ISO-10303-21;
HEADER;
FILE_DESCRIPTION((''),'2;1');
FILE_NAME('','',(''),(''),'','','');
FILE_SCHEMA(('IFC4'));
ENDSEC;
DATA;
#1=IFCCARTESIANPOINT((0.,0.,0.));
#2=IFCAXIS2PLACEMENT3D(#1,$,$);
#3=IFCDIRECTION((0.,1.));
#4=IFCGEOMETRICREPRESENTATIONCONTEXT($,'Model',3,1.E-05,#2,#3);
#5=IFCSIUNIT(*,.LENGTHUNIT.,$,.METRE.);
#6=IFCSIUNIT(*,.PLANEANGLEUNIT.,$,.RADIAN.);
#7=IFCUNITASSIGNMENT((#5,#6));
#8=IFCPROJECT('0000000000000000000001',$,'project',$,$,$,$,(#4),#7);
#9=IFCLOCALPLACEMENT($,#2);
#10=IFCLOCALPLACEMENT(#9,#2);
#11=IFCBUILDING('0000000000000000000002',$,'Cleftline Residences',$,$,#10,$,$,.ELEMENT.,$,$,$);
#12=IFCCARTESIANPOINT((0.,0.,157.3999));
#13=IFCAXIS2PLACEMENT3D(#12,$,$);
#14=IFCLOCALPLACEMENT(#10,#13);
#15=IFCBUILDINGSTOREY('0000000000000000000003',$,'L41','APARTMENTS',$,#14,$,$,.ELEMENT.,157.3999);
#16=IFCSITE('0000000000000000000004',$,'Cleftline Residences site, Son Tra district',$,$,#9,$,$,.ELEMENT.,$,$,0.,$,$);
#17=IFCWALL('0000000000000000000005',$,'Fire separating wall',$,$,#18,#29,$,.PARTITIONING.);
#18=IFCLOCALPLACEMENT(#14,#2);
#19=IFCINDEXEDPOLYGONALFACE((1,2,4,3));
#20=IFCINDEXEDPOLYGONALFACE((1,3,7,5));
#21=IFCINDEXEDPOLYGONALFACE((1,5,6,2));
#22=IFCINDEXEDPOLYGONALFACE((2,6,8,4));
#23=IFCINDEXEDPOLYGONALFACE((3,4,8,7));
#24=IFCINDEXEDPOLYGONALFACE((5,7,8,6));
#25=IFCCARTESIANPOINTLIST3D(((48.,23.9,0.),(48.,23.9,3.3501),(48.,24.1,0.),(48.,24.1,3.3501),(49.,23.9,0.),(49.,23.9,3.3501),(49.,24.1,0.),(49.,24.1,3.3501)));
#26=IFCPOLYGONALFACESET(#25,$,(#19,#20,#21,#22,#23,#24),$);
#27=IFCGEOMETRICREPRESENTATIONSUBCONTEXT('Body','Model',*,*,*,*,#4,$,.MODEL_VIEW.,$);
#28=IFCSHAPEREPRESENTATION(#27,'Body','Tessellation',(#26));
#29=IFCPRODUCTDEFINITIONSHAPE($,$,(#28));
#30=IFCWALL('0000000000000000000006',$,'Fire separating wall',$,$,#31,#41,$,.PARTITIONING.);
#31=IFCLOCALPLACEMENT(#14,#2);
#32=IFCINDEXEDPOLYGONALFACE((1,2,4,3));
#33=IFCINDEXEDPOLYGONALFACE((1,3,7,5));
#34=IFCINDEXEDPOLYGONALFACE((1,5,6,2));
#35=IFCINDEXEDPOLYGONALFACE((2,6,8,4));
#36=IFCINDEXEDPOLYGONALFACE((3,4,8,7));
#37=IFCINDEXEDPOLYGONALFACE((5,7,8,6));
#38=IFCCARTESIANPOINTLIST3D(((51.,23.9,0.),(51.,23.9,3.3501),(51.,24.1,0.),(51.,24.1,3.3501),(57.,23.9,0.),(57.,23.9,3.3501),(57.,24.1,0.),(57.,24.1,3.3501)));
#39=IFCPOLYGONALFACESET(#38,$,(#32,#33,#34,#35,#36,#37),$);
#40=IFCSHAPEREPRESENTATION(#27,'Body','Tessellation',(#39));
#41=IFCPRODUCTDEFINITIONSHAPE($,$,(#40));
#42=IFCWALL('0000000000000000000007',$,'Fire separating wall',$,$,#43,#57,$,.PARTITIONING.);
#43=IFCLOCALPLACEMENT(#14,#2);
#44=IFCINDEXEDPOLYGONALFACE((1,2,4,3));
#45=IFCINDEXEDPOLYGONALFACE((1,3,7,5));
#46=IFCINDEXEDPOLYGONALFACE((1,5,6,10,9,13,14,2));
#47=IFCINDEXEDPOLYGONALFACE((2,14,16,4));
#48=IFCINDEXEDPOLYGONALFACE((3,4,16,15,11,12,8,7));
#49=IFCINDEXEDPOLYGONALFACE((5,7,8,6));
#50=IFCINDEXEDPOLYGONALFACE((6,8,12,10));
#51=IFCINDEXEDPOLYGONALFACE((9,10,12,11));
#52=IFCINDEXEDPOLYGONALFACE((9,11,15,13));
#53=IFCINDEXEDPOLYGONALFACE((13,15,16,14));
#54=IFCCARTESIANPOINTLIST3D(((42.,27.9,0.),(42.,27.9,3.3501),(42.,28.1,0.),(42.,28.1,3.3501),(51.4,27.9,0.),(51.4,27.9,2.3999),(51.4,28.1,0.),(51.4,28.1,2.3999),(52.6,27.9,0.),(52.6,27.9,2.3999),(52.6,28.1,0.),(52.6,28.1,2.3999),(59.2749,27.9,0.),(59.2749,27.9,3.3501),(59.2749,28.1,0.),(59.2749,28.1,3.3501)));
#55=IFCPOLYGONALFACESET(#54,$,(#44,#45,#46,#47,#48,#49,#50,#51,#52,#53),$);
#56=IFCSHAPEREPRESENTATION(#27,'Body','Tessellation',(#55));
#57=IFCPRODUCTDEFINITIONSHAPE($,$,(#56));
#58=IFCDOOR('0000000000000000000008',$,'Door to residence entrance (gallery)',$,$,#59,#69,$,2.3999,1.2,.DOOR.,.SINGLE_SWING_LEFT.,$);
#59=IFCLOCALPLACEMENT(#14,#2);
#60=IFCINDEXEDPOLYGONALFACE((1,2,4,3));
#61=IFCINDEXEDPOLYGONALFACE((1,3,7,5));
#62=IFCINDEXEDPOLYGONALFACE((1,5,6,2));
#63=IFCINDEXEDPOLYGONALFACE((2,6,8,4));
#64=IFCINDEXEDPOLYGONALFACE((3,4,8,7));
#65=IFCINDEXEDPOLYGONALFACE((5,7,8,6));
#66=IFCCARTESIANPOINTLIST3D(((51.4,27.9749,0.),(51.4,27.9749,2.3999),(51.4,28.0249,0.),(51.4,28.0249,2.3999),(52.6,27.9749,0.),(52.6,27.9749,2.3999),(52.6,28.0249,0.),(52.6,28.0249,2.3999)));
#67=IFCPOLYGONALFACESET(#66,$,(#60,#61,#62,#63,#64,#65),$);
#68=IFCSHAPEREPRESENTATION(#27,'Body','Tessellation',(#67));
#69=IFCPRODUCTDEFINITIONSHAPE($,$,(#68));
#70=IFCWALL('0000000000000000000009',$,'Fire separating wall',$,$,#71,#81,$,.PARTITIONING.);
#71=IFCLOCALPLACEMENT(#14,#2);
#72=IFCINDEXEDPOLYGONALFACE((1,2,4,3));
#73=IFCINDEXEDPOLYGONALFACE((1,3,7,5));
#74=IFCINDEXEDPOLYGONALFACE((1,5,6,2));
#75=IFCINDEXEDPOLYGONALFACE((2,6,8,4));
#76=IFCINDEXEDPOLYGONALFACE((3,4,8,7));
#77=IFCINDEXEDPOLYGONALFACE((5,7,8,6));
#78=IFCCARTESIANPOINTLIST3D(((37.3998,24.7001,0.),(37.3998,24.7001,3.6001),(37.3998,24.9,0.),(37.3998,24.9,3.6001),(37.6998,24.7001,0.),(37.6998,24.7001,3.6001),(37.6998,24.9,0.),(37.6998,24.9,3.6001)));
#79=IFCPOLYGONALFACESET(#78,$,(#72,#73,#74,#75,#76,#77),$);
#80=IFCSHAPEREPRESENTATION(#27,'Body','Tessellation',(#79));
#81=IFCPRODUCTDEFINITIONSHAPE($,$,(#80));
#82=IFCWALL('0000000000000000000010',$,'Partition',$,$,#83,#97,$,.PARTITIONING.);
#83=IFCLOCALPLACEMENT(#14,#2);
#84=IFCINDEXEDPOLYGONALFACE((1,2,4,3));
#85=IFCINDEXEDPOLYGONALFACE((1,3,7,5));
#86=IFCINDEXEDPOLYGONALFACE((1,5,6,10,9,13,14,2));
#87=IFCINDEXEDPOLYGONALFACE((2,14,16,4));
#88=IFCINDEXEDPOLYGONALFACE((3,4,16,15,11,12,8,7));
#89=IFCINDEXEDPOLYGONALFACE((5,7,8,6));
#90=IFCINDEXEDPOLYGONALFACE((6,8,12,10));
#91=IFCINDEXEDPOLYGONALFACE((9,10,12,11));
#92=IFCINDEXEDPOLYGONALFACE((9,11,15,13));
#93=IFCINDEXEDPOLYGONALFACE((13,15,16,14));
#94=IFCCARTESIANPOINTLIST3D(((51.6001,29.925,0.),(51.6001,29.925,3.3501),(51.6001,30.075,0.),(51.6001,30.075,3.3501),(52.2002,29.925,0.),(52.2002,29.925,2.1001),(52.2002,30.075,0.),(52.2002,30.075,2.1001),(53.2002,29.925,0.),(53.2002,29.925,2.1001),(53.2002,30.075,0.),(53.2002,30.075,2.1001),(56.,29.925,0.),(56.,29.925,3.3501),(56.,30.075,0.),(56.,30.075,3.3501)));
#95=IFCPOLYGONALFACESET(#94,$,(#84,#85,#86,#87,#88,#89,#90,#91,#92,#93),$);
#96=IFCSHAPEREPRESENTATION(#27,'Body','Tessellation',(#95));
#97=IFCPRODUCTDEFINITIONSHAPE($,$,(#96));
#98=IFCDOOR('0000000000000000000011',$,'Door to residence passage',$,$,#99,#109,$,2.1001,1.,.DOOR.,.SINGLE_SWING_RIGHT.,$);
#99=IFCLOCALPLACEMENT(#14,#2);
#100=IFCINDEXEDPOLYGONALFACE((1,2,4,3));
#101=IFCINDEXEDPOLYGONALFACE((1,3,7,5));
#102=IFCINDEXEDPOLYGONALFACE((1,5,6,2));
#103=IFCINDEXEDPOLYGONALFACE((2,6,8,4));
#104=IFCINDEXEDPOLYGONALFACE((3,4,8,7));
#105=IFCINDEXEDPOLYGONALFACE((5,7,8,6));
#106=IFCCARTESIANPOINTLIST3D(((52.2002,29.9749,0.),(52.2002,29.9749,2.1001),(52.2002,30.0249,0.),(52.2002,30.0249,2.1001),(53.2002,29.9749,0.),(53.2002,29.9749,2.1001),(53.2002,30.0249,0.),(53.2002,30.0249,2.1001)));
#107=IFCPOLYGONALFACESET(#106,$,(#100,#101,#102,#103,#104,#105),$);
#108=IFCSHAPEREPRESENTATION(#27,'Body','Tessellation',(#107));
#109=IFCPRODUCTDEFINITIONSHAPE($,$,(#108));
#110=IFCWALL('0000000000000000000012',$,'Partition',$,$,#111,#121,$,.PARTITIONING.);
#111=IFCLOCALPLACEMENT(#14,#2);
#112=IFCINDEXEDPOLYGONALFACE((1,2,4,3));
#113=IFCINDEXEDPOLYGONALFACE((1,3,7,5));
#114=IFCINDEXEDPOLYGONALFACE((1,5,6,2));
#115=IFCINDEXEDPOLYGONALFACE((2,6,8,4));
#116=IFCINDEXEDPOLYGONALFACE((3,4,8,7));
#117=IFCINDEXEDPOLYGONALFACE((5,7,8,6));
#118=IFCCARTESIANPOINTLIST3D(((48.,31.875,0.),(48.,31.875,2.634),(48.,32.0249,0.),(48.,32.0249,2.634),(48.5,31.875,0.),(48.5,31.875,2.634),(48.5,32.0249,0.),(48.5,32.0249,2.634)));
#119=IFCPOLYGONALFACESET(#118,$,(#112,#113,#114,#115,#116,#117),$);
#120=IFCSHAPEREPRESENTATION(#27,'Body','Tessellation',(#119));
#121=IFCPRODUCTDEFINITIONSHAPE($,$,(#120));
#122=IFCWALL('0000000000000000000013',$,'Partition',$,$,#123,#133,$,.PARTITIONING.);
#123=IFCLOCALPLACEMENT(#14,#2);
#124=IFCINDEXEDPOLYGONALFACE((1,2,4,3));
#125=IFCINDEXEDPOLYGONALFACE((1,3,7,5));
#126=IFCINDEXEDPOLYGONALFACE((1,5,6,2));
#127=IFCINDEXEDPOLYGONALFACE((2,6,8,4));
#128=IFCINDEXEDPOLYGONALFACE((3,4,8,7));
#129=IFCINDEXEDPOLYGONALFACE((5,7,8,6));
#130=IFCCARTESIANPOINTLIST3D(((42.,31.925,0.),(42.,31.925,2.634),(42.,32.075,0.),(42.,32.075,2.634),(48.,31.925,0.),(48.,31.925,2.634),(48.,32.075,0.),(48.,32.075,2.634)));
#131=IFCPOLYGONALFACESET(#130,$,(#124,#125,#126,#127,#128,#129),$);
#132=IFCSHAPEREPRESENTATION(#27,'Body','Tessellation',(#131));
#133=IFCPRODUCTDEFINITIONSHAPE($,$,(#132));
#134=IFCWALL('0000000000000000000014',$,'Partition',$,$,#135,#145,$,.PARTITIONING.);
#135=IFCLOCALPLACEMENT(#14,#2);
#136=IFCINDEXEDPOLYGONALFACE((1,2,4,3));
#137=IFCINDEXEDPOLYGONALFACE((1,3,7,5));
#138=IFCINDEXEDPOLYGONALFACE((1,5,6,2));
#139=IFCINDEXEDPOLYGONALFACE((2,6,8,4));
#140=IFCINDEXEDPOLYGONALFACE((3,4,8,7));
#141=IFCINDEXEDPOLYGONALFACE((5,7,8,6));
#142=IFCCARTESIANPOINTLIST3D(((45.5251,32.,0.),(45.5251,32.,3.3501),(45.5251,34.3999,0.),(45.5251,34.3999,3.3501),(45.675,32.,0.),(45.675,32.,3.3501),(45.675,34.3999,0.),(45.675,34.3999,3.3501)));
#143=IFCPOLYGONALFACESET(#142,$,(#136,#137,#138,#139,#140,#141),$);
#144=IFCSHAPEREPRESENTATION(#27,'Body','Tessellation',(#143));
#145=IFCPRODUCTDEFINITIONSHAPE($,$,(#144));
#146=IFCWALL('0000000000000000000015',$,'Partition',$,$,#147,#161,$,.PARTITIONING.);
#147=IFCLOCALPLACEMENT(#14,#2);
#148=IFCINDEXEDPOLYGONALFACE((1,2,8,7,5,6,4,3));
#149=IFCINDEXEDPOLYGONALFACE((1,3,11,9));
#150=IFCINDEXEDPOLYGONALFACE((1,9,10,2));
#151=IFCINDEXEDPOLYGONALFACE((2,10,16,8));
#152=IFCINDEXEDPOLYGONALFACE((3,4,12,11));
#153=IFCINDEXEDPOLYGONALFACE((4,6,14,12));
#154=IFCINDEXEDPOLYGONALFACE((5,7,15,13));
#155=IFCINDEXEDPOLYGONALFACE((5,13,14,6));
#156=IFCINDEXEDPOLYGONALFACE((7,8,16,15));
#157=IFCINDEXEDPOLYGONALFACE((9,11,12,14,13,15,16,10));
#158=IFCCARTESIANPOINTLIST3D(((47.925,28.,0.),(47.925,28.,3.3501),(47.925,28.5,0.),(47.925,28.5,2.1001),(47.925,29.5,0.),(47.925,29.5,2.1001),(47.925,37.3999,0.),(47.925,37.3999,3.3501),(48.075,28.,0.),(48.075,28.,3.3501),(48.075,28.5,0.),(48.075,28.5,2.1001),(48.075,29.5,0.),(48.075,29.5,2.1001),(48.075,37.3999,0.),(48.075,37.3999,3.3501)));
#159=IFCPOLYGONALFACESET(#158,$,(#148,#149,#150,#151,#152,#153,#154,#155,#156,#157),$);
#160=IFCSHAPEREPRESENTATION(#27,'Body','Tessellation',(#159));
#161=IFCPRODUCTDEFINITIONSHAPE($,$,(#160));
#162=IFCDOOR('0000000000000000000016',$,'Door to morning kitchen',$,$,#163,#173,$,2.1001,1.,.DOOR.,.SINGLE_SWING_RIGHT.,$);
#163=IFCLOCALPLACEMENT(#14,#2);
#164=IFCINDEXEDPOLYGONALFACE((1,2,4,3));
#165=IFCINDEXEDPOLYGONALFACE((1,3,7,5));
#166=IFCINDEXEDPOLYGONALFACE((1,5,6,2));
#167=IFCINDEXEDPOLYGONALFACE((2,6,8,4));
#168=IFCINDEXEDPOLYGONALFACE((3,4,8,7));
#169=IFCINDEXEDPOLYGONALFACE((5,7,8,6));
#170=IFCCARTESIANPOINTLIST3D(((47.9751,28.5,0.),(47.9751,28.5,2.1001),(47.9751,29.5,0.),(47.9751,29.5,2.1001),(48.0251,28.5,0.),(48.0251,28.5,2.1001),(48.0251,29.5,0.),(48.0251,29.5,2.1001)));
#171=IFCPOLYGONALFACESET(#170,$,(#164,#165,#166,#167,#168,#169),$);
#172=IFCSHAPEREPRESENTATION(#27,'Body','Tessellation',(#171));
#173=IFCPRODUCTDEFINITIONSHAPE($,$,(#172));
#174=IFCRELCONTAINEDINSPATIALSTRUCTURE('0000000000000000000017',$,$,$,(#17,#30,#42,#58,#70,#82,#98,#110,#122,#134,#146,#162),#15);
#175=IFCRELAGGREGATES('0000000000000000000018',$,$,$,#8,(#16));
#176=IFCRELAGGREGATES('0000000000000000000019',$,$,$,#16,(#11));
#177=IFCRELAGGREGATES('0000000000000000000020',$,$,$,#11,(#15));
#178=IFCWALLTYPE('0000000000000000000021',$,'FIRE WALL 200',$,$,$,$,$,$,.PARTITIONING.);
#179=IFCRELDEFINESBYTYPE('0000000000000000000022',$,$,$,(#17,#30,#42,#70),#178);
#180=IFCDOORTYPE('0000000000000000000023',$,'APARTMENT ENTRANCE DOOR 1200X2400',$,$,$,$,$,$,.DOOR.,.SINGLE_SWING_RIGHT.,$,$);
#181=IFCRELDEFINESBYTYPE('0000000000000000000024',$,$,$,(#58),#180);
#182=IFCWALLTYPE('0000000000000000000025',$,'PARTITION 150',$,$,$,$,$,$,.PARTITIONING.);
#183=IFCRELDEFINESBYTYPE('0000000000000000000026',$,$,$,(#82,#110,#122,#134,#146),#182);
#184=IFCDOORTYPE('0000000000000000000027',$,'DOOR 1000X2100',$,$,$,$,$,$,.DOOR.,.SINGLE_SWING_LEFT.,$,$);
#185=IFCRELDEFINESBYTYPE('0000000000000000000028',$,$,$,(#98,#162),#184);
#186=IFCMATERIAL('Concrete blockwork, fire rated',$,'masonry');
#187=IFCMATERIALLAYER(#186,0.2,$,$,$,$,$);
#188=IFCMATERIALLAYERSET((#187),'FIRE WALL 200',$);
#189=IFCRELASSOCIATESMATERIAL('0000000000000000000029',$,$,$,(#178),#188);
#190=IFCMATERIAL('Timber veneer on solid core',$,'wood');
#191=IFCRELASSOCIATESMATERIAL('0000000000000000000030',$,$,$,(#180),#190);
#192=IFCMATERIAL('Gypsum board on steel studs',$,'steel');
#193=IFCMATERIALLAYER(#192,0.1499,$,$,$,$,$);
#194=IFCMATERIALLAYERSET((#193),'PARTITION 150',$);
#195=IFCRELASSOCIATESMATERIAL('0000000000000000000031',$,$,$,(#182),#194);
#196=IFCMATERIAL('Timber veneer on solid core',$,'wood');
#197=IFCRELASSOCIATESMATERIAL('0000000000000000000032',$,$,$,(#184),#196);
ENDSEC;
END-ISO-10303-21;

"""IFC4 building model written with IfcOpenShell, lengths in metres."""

from ifc_helpers import new_model, si_unit, direction, frame, frame_2d, origin, place, context, subcontext, project, spatial, rectangle, extrude, material, layer, layer_set, type_object, element, fill, save


model = new_model("IFC4")

# Units and contexts
model_context = context("Model", 3, precision=1e-05, world=origin(), true_north=direction((0.0, 1.0)))
body_context = subcontext(model_context, "Body", "Model", "MODEL_VIEW")
ifc_project = project(units=[si_unit("LENGTHUNIT", "METRE"), si_unit("PLANEANGLEUNIT", "RADIAN")], contexts=[model_context])

# Site, building, storey
site_placement = place(None, origin())
site = spatial("IfcSite", under=ifc_project, at=site_placement, Name="Cleftline Residences site, Son Tra district", CompositionType="ELEMENT", RefElevation=0.0)
building_placement = place(site_placement, origin())
building = spatial("IfcBuilding", under=site, at=building_placement, Name="Cleftline Residences", CompositionType="ELEMENT")
storey_placement = place(building_placement, frame((0.0, 0.0, 157.3999)))
storey = spatial("IfcBuildingStorey", under=building, at=storey_placement, Name="L41", Description="APARTMENTS", CompositionType="ELEMENT", Elevation=157.3999)

# Walls
ifc_material_1 = material(Name="Concrete blockwork, fire rated", Category="masonry")
ifc_layer_1 = layer(ifc_material_1, 0.2)
ifc_layer_set_1 = layer_set([ifc_layer_1], Name="FIRE WALL 200")
wall_type_1 = type_object("IfcWallType", Name="FIRE WALL 200", PredefinedType="PARTITIONING", material=ifc_layer_set_1)
wall_1_placement = place(storey_placement, frame((48.0, 24.0, 0.0), z_axis=(0.0, 0.0, 1.0), x_axis=(1.0, 0.0, 0.0)))
element("IfcWall", 1, at=wall_1_placement, inside=storey, type_object=wall_type_1, Name="Fire separating wall", PredefinedType="PARTITIONING", context=body_context, shape_type="SweptSolid", body=[
    extrude(rectangle(XDim=1.0, YDim=0.2, at=frame_2d((0.5, 0.0))), origin(), (0.0, 0.0, 1.0), 3.3501),
])
wall_2_placement = place(storey_placement, frame((51.0, 24.0, 0.0), z_axis=(0.0, 0.0, 1.0), x_axis=(1.0, 0.0, 0.0)))
element("IfcWall", 2, at=wall_2_placement, inside=storey, type_object=wall_type_1, Name="Fire separating wall", PredefinedType="PARTITIONING", context=body_context, shape_type="SweptSolid", body=[
    extrude(rectangle(XDim=6.0, YDim=0.2, at=frame_2d((3.0, 0.0))), origin(), (0.0, 0.0, 1.0), 3.3501),
])

# Wall, opening, door
wall_3_placement = place(storey_placement, frame((42.0, 28.0, 0.0), z_axis=(0.0, 0.0, 1.0), x_axis=(1.0, 0.0, 0.0)))
wall_3 = element("IfcWall", 3, at=wall_3_placement, inside=storey, type_object=wall_type_1, Name="Fire separating wall", PredefinedType="PARTITIONING", context=body_context, shape_type="SweptSolid", body=[
    extrude(rectangle(XDim=17.2749, YDim=0.2, at=frame_2d((8.6375, 0.0))), origin(), (0.0, 0.0, 1.0), 3.3501),
])
opening_1_placement = place(wall_3_placement, frame((9.3999, 0.0, 0.0)))
opening_1 = element("IfcOpeningElement", 4, at=opening_1_placement, cuts=wall_3, PredefinedType="OPENING", context=body_context, shape_type="SweptSolid", body=[
    extrude(rectangle(XDim=1.2, YDim=2.3999, at=frame_2d((0.6001, 1.2))), frame((0.0, 0.1099, 0.0), z_axis=(0.0, -1.0, 0.0), x_axis=(1.0, 0.0, 0.0)), (0.0, 0.0, 1.0), 0.22),
])
ifc_material_2 = material(Name="Timber veneer on solid core", Category="wood")
door_type_1 = type_object("IfcDoorType", Name="APARTMENT ENTRANCE DOOR 1200X2400", OperationType="SINGLE_SWING_RIGHT", PredefinedType="DOOR", material=ifc_material_2)
door_1_placement = place(opening_1_placement, origin())
door_1 = element("IfcDoor", 5, at=door_1_placement, inside=storey, type_object=door_type_1, Name="Door to residence entrance (gallery)", OperationType="SINGLE_SWING_LEFT", OverallHeight=2.3999, OverallWidth=1.2, PredefinedType="DOOR", context=body_context, shape_type="SweptSolid", body=[
    extrude(rectangle(XDim=1.2, YDim=2.3999, at=frame_2d((0.6001, 1.2))), frame((0.0, 0.0249, 0.0), z_axis=(0.0, -1.0, 0.0), x_axis=(1.0, 0.0, 0.0)), (0.0, 0.0, 1.0), 0.05),
])
fill(opening_1, door_1)

# Wall
wall_4_placement = place(storey_placement, frame((37.3999, 24.8, 0.0), z_axis=(0.0, 0.0, 1.0), x_axis=(1.0, 0.0, 0.0)))
element("IfcWall", 6, at=wall_4_placement, inside=storey, type_object=wall_type_1, Name="Fire separating wall", PredefinedType="PARTITIONING", context=body_context, shape_type="SweptSolid", body=[
    extrude(rectangle(XDim=0.3, YDim=0.2, at=frame_2d((0.1499, 0.0))), origin(), (0.0, 0.0, 1.0), 3.6001),
])

# Wall, opening, door
ifc_material_3 = material(Name="Gypsum board on steel studs", Category="steel")
ifc_layer_2 = layer(ifc_material_3, 0.1499)
ifc_layer_set_2 = layer_set([ifc_layer_2], Name="PARTITION 150")
wall_type_2 = type_object("IfcWallType", Name="PARTITION 150", PredefinedType="PARTITIONING", material=ifc_layer_set_2)
wall_5_placement = place(storey_placement, frame((51.6001, 30.0, 0.0), z_axis=(0.0, 0.0, 1.0), x_axis=(1.0, 0.0, 0.0)))
wall_5 = element("IfcWall", 7, at=wall_5_placement, inside=storey, type_object=wall_type_2, Name="Partition", PredefinedType="PARTITIONING", context=body_context, shape_type="SweptSolid", body=[
    extrude(rectangle(XDim=4.3999, YDim=0.1499, at=frame_2d((2.2, 0.0))), origin(), (0.0, 0.0, 1.0), 3.3501),
])
opening_2_placement = place(wall_5_placement, frame((0.6001, 0.0, 0.0)))
opening_2 = element("IfcOpeningElement", 8, at=opening_2_placement, cuts=wall_5, PredefinedType="OPENING", context=body_context, shape_type="SweptSolid", body=[
    extrude(rectangle(XDim=1.0, YDim=2.1001, at=frame_2d((0.5, 1.05))), frame((0.0, 0.085, 0.0), z_axis=(0.0, -1.0, 0.0), x_axis=(1.0, 0.0, 0.0)), (0.0, 0.0, 1.0), 0.1699),
])
ifc_material_4 = material(Name="Timber veneer on solid core", Category="wood")
door_type_2 = type_object("IfcDoorType", Name="DOOR 1000X2100", OperationType="SINGLE_SWING_LEFT", PredefinedType="DOOR", material=ifc_material_4)
door_2_placement = place(opening_2_placement, origin())
door_2 = element("IfcDoor", 9, at=door_2_placement, inside=storey, type_object=door_type_2, Name="Door to residence passage", OperationType="SINGLE_SWING_RIGHT", OverallHeight=2.1001, OverallWidth=1.0, PredefinedType="DOOR", context=body_context, shape_type="SweptSolid", body=[
    extrude(rectangle(XDim=1.0, YDim=2.1001, at=frame_2d((0.5, 1.05))), frame((0.0, 0.0249, 0.0), z_axis=(0.0, -1.0, 0.0), x_axis=(1.0, 0.0, 0.0)), (0.0, 0.0, 1.0), 0.05),
])
fill(opening_2, door_2)

# Walls
wall_6_placement = place(storey_placement, frame((48.0, 31.95, 0.0), z_axis=(0.0, 0.0, 1.0), x_axis=(1.0, 0.0, 0.0)))
element("IfcWall", 10, at=wall_6_placement, inside=storey, type_object=wall_type_2, Name="Partition", PredefinedType="PARTITIONING", context=body_context, shape_type="SweptSolid", body=[
    extrude(rectangle(XDim=0.5, YDim=0.1499, at=frame_2d((0.25, 0.0))), origin(), (0.0, 0.0, 1.0), 2.634),
])
wall_7_placement = place(storey_placement, frame((42.0, 32.0, 0.0), z_axis=(0.0, 0.0, 1.0), x_axis=(1.0, 0.0, 0.0)))
element("IfcWall", 11, at=wall_7_placement, inside=storey, type_object=wall_type_2, Name="Partition", PredefinedType="PARTITIONING", context=body_context, shape_type="SweptSolid", body=[
    extrude(rectangle(XDim=6.0, YDim=0.1499, at=frame_2d((3.0, 0.0))), origin(), (0.0, 0.0, 1.0), 2.634),
])
wall_8_placement = place(storey_placement, frame((45.6001, 32.0, 0.0), z_axis=(0.0, 0.0, 1.0), x_axis=(0.0, 1.0, 0.0)))
element("IfcWall", 12, at=wall_8_placement, inside=storey, type_object=wall_type_2, Name="Partition", PredefinedType="PARTITIONING", context=body_context, shape_type="SweptSolid", body=[
    extrude(rectangle(XDim=2.3999, YDim=0.1499, at=frame_2d((1.2, 0.0))), origin(), (0.0, 0.0, 1.0), 3.3501),
])

# Wall, opening, door
wall_9_placement = place(storey_placement, frame((48.0, 28.0, 0.0), z_axis=(0.0, 0.0, 1.0), x_axis=(0.0, 1.0, 0.0)))
wall_9 = element("IfcWall", 13, at=wall_9_placement, inside=storey, type_object=wall_type_2, Name="Partition", PredefinedType="PARTITIONING", context=body_context, shape_type="SweptSolid", body=[
    extrude(rectangle(XDim=9.3999, YDim=0.1499, at=frame_2d((4.7, 0.0))), origin(), (0.0, 0.0, 1.0), 3.3501),
])
opening_3_placement = place(wall_9_placement, frame((0.5, 0.0, 0.0)))
opening_3 = element("IfcOpeningElement", 14, at=opening_3_placement, cuts=wall_9, PredefinedType="OPENING", context=body_context, shape_type="SweptSolid", body=[
    extrude(rectangle(XDim=1.0, YDim=2.1001, at=frame_2d((0.5, 1.05))), frame((0.0, 0.085, 0.0), z_axis=(0.0, -1.0, 0.0), x_axis=(1.0, 0.0, 0.0)), (0.0, 0.0, 1.0), 0.1699),
])
door_3_placement = place(opening_3_placement, origin())
door_3 = element("IfcDoor", 15, at=door_3_placement, inside=storey, type_object=door_type_2, Name="Door to morning kitchen", OperationType="SINGLE_SWING_RIGHT", OverallHeight=2.1001, OverallWidth=1.0, PredefinedType="DOOR", context=body_context, shape_type="SweptSolid", body=[
    extrude(rectangle(XDim=1.0, YDim=2.1001, at=frame_2d((0.5, 1.05))), frame((0.0, 0.0249, 0.0), z_axis=(0.0, -1.0, 0.0), x_axis=(1.0, 0.0, 0.0)), (0.0, 0.0, 1.0), 0.05),
])
fill(opening_3, door_3)

save(model, "model.ifc")
